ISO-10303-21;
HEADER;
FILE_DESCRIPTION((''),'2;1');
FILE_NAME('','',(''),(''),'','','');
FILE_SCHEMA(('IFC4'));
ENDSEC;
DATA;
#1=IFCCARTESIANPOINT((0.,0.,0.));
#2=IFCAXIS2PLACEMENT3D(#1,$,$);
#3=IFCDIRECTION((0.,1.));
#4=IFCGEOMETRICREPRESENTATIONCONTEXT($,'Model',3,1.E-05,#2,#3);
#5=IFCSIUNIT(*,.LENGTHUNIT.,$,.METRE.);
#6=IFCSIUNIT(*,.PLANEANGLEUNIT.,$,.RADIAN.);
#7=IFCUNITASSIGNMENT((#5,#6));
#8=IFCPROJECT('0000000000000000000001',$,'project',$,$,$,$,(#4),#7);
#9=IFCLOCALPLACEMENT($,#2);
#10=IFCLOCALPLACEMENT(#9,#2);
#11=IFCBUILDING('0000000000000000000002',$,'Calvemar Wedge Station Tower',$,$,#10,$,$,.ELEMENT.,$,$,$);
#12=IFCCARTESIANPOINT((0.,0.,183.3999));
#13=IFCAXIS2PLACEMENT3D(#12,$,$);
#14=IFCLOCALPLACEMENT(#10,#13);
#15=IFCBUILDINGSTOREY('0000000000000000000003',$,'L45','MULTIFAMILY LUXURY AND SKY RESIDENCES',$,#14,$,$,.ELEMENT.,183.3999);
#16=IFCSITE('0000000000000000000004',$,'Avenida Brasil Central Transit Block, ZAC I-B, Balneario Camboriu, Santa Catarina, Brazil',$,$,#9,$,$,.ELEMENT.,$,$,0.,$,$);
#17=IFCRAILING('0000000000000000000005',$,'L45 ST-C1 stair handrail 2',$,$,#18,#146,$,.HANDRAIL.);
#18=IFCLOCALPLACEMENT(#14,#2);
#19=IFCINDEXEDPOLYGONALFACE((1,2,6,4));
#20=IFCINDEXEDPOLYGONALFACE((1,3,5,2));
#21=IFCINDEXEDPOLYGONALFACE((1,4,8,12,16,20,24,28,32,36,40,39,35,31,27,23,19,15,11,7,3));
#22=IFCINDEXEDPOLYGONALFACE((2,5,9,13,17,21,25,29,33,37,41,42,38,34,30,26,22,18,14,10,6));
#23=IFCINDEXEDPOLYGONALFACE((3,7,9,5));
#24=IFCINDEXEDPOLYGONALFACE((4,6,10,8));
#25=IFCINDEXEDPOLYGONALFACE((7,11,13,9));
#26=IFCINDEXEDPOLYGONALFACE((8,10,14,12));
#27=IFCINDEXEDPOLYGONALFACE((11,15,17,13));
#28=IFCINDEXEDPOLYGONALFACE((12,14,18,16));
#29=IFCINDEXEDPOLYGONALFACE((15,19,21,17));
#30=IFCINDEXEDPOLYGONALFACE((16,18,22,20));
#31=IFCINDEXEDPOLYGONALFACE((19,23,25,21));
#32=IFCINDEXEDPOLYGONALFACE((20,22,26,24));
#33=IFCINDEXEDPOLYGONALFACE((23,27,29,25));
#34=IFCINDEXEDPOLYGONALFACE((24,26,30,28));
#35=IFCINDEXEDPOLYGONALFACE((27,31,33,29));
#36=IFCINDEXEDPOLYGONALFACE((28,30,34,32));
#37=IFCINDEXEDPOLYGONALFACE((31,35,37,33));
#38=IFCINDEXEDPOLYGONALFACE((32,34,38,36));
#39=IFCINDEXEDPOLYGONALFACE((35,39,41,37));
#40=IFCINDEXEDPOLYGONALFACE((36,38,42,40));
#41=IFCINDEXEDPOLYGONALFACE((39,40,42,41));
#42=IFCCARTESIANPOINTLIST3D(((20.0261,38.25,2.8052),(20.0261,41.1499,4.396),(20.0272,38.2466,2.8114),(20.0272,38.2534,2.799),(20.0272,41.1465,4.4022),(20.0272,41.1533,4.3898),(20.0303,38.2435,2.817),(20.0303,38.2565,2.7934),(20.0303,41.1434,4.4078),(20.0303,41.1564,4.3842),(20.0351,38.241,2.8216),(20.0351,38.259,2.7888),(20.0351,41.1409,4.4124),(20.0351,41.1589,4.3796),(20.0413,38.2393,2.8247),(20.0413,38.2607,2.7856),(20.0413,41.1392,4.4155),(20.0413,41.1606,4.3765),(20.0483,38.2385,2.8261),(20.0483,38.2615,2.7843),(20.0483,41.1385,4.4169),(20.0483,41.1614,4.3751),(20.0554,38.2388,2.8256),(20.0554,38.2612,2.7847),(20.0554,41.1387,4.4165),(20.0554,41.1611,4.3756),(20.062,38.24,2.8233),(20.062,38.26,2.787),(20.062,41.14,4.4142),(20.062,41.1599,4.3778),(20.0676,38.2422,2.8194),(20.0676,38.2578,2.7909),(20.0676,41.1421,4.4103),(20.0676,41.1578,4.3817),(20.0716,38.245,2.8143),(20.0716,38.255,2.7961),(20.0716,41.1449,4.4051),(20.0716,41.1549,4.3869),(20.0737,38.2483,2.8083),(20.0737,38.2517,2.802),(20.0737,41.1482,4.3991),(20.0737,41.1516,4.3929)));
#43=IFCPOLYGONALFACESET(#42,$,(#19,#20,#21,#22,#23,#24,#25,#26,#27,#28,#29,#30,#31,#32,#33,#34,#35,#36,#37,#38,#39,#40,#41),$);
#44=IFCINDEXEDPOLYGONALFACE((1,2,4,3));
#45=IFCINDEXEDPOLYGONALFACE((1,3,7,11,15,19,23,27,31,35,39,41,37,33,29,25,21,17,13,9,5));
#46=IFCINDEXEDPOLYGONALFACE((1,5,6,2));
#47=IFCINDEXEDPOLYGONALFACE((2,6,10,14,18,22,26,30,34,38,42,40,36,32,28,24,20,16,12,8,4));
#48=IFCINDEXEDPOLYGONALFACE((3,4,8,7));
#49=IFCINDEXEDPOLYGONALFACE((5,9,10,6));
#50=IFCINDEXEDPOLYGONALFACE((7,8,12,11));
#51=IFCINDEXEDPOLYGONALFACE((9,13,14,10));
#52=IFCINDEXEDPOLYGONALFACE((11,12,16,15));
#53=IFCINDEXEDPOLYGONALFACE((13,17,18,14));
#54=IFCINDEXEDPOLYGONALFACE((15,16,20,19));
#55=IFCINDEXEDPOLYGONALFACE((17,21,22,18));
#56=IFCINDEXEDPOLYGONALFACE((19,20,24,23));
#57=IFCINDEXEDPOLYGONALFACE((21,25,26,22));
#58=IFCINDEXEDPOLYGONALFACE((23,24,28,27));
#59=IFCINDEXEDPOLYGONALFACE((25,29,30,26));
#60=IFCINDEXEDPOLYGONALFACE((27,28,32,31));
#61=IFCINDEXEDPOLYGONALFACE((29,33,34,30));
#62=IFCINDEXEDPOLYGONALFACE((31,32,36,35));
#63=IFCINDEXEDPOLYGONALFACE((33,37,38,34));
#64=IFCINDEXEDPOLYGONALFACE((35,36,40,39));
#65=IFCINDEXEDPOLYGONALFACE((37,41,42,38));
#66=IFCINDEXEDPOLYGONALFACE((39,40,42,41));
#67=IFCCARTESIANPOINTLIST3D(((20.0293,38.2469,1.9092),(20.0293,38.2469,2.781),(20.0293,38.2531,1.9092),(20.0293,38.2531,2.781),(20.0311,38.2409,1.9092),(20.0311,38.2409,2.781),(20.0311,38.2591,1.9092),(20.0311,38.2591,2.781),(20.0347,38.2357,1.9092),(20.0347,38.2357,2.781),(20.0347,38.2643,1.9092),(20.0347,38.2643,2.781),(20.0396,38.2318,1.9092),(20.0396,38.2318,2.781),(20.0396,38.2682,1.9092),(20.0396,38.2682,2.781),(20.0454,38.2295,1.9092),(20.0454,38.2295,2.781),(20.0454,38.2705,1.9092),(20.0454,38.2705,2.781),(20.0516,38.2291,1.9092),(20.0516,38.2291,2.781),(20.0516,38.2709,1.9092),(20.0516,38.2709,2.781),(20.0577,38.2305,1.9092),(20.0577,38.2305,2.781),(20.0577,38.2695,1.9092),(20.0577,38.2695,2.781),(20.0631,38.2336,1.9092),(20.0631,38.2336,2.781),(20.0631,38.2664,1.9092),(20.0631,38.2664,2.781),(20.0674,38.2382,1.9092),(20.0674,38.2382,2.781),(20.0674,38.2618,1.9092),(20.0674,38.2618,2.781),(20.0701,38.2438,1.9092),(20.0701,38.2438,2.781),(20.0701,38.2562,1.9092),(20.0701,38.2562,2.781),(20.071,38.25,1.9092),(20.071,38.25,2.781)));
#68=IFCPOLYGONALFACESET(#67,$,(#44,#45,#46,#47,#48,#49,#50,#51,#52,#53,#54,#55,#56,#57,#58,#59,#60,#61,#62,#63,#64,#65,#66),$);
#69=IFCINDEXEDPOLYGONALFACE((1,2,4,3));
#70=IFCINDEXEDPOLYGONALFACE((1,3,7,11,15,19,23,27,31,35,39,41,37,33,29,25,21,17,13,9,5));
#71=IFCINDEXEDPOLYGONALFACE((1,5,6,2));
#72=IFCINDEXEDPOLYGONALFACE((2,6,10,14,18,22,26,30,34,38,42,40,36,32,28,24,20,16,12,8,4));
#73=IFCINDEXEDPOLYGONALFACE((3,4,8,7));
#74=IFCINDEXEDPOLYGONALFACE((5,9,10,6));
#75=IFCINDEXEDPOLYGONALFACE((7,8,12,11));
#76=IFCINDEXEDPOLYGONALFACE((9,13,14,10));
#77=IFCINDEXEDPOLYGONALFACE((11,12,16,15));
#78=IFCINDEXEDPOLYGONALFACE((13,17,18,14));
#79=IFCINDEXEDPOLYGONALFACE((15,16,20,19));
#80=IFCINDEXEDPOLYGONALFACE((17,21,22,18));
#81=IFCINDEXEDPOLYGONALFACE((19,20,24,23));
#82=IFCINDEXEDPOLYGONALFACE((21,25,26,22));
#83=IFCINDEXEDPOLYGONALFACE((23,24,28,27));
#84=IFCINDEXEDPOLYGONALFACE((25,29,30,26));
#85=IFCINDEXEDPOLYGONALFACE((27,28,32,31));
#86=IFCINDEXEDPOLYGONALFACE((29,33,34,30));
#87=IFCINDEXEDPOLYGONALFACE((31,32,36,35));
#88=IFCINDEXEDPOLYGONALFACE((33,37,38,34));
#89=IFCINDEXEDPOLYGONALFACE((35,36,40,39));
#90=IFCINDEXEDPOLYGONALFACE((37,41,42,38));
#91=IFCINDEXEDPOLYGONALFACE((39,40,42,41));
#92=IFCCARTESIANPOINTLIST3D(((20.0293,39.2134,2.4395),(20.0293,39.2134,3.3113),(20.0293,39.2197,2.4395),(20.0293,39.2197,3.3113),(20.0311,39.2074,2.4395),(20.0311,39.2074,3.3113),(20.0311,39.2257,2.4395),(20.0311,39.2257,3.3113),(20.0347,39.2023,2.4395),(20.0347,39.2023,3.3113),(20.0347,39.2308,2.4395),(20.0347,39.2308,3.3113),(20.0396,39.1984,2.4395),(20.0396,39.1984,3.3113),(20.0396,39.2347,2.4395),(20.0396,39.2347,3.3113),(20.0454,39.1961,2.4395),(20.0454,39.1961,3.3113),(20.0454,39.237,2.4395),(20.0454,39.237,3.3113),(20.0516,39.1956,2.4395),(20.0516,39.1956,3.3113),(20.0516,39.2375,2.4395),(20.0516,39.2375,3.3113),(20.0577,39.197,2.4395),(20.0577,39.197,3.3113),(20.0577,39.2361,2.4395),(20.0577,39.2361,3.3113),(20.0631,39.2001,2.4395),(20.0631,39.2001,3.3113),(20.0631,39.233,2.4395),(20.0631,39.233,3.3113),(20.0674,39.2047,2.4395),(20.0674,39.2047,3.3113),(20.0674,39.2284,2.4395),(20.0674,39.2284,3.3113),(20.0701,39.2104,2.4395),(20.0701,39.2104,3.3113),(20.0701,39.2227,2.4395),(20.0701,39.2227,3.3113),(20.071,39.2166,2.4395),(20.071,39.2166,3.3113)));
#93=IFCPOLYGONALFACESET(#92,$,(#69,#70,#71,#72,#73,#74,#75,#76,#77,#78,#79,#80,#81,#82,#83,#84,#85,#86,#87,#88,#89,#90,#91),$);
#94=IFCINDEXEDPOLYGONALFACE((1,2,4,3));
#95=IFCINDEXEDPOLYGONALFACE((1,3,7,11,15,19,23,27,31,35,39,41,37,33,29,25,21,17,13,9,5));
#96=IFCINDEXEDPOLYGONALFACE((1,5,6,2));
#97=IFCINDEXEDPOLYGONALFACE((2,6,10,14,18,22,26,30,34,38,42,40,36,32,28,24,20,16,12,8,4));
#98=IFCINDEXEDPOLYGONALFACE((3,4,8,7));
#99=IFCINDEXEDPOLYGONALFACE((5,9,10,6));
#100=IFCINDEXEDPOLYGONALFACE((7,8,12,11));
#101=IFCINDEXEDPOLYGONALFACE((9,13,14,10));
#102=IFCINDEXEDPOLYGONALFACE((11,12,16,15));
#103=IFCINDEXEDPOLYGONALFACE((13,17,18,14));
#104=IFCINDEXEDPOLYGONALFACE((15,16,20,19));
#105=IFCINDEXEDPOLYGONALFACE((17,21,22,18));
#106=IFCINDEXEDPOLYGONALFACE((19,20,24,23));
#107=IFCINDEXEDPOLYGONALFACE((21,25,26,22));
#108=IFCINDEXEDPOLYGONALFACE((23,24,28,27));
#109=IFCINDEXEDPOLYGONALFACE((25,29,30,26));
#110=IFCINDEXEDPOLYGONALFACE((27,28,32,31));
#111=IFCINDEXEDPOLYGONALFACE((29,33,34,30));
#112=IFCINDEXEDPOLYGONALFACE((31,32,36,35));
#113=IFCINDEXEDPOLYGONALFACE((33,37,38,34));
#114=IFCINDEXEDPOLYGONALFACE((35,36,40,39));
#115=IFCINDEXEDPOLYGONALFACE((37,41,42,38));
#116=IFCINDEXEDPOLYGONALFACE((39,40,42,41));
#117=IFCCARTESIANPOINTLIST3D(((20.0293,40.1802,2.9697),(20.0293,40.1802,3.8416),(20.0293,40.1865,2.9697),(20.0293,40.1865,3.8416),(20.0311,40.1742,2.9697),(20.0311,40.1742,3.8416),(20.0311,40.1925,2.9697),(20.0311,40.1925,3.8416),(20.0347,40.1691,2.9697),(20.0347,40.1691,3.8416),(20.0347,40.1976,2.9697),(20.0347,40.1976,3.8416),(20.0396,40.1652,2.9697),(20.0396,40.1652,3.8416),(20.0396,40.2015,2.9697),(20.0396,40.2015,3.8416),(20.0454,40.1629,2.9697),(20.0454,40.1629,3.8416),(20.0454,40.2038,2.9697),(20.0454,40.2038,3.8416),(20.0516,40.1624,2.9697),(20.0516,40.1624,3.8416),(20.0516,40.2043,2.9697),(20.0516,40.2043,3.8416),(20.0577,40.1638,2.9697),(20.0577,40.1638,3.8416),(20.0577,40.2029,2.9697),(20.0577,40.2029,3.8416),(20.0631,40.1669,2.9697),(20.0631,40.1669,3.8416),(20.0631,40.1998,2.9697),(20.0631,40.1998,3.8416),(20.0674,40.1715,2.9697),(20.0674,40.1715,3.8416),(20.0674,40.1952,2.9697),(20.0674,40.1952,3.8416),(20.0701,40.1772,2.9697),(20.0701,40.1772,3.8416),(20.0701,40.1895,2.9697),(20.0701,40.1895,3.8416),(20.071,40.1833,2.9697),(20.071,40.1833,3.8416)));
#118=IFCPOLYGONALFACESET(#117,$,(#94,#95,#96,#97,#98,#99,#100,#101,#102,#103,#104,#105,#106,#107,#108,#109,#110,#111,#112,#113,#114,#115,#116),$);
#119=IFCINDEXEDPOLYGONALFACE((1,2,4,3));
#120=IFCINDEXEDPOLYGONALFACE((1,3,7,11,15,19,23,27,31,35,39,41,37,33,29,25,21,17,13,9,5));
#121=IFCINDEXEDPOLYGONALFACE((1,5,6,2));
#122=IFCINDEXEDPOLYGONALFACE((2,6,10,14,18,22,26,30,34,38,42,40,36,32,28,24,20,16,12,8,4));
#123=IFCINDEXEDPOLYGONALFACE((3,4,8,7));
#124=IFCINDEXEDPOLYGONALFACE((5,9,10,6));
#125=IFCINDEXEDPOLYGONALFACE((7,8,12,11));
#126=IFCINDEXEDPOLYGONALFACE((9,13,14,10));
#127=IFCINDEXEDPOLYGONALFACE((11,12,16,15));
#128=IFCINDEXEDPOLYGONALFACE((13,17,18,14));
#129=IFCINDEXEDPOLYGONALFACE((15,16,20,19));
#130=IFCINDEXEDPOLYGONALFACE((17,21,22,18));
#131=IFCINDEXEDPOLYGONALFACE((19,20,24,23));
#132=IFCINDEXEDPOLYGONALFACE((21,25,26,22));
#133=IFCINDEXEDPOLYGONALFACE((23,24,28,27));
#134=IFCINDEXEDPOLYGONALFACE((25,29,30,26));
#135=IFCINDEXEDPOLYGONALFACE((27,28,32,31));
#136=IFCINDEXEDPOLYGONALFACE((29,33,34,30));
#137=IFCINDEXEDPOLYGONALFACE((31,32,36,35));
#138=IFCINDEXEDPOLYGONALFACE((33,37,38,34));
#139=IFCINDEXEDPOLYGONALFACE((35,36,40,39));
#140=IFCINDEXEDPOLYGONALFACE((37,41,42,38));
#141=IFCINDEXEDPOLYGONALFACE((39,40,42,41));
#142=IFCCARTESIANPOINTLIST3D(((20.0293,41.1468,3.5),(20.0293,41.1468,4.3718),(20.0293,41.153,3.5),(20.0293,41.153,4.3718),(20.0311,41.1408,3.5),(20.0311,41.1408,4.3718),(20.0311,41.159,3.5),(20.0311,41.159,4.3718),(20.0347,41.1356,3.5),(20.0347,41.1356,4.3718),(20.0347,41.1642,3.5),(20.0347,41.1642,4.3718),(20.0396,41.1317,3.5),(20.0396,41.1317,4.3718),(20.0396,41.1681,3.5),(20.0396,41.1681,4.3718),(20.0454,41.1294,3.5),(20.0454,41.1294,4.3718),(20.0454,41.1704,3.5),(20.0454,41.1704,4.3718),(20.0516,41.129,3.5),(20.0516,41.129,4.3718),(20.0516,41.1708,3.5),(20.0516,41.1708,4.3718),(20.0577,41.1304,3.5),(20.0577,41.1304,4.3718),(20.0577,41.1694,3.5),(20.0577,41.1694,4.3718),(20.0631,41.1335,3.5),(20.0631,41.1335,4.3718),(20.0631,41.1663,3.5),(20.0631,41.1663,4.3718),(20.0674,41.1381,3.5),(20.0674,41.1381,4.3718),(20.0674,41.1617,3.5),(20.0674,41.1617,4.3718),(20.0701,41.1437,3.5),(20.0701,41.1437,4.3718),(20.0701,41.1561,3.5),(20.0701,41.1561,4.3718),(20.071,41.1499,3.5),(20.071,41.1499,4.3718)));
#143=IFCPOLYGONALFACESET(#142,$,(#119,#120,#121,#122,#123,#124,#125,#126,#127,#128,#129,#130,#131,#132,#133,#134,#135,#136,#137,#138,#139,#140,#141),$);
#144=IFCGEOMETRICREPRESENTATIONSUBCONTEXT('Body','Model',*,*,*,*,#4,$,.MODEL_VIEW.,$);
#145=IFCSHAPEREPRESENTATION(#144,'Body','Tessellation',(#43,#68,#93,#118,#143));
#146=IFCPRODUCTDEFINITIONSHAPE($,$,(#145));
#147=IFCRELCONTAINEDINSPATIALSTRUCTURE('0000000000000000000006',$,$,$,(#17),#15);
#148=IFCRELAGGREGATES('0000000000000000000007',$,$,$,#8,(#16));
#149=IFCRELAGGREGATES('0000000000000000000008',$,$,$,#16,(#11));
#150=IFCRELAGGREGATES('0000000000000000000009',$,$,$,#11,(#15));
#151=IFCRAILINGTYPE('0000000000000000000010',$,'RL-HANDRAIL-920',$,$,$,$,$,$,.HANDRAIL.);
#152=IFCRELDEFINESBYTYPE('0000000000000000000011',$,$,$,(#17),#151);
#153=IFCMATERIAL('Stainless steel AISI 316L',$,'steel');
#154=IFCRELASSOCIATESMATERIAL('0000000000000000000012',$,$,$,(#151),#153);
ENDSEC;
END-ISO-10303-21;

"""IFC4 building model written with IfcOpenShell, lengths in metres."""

from ifc_helpers import new_model, si_unit, direction, frame, origin, origin_2d, place, context, subcontext, project, spatial, circle, extrude, material, type_object, element, save


model = new_model("IFC4")

# Units and contexts
model_context = context("Model", 3, precision=1e-05, world=origin(), true_north=direction((0.0, 1.0)))
body_context = subcontext(model_context, "Body", "Model", "MODEL_VIEW")
ifc_project = project(units=[si_unit("LENGTHUNIT", "METRE"), si_unit("PLANEANGLEUNIT", "RADIAN")], contexts=[model_context])

# Site, building, storey
site_placement = place(None, origin())
site = spatial("IfcSite", under=ifc_project, at=site_placement, Name="Avenida Brasil Central Transit Block, ZAC I-B, Balneario Camboriu, Santa Catarina, Brazil", CompositionType="ELEMENT", RefElevation=0.0)
building_placement = place(site_placement, origin())
building = spatial("IfcBuilding", under=site, at=building_placement, Name="Calvemar Wedge Station Tower", CompositionType="ELEMENT")
storey_placement = place(building_placement, frame((0.0, 0.0, 183.3999)))
storey = spatial("IfcBuildingStorey", under=building, at=storey_placement, Name="L45", Description="MULTIFAMILY LUXURY AND SKY RESIDENCES", CompositionType="ELEMENT", Elevation=183.3999)

# Railing
ifc_material_1 = material(Name="Stainless steel AISI 316L", Category="steel")
railing_type_1 = type_object("IfcRailingType", Name="RL-HANDRAIL-920", PredefinedType="HANDRAIL", material=ifc_material_1)
railing_1_placement = place(storey_placement, frame((20.05, 38.25, 1.9092)))
element("IfcRailing", 1, at=railing_1_placement, inside=storey, type_object=railing_type_1, Name="L45 ST-C1 stair handrail 2", PredefinedType="HANDRAIL", context=body_context, shape_type="SweptSolid", body=[
    extrude(circle(Radius=0.0239, at=origin_2d()), frame((0.0, 0.0, 0.896), z_axis=(0.0, 0.876742, 0.480961), x_axis=(-1.0, 0.0, 0.0)), (0.0, 0.0, 1.0), 3.3076),
    extrude(circle(Radius=0.021, at=origin_2d()), origin(), (0.0, 0.0, 1.0), 0.8718),
    extrude(circle(Radius=0.021, at=origin_2d()), frame((0.0, 0.9666, 0.5303)), (0.0, 0.0, 1.0), 0.8718),
    extrude(circle(Radius=0.021, at=origin_2d()), frame((0.0, 1.9333, 1.0605)), (0.0, 0.0, 1.0), 0.8718),
    extrude(circle(Radius=0.021, at=origin_2d()), frame((0.0, 2.8999, 1.5908)), (0.0, 0.0, 1.0), 0.8718),
])

save(model, "model.ifc")
